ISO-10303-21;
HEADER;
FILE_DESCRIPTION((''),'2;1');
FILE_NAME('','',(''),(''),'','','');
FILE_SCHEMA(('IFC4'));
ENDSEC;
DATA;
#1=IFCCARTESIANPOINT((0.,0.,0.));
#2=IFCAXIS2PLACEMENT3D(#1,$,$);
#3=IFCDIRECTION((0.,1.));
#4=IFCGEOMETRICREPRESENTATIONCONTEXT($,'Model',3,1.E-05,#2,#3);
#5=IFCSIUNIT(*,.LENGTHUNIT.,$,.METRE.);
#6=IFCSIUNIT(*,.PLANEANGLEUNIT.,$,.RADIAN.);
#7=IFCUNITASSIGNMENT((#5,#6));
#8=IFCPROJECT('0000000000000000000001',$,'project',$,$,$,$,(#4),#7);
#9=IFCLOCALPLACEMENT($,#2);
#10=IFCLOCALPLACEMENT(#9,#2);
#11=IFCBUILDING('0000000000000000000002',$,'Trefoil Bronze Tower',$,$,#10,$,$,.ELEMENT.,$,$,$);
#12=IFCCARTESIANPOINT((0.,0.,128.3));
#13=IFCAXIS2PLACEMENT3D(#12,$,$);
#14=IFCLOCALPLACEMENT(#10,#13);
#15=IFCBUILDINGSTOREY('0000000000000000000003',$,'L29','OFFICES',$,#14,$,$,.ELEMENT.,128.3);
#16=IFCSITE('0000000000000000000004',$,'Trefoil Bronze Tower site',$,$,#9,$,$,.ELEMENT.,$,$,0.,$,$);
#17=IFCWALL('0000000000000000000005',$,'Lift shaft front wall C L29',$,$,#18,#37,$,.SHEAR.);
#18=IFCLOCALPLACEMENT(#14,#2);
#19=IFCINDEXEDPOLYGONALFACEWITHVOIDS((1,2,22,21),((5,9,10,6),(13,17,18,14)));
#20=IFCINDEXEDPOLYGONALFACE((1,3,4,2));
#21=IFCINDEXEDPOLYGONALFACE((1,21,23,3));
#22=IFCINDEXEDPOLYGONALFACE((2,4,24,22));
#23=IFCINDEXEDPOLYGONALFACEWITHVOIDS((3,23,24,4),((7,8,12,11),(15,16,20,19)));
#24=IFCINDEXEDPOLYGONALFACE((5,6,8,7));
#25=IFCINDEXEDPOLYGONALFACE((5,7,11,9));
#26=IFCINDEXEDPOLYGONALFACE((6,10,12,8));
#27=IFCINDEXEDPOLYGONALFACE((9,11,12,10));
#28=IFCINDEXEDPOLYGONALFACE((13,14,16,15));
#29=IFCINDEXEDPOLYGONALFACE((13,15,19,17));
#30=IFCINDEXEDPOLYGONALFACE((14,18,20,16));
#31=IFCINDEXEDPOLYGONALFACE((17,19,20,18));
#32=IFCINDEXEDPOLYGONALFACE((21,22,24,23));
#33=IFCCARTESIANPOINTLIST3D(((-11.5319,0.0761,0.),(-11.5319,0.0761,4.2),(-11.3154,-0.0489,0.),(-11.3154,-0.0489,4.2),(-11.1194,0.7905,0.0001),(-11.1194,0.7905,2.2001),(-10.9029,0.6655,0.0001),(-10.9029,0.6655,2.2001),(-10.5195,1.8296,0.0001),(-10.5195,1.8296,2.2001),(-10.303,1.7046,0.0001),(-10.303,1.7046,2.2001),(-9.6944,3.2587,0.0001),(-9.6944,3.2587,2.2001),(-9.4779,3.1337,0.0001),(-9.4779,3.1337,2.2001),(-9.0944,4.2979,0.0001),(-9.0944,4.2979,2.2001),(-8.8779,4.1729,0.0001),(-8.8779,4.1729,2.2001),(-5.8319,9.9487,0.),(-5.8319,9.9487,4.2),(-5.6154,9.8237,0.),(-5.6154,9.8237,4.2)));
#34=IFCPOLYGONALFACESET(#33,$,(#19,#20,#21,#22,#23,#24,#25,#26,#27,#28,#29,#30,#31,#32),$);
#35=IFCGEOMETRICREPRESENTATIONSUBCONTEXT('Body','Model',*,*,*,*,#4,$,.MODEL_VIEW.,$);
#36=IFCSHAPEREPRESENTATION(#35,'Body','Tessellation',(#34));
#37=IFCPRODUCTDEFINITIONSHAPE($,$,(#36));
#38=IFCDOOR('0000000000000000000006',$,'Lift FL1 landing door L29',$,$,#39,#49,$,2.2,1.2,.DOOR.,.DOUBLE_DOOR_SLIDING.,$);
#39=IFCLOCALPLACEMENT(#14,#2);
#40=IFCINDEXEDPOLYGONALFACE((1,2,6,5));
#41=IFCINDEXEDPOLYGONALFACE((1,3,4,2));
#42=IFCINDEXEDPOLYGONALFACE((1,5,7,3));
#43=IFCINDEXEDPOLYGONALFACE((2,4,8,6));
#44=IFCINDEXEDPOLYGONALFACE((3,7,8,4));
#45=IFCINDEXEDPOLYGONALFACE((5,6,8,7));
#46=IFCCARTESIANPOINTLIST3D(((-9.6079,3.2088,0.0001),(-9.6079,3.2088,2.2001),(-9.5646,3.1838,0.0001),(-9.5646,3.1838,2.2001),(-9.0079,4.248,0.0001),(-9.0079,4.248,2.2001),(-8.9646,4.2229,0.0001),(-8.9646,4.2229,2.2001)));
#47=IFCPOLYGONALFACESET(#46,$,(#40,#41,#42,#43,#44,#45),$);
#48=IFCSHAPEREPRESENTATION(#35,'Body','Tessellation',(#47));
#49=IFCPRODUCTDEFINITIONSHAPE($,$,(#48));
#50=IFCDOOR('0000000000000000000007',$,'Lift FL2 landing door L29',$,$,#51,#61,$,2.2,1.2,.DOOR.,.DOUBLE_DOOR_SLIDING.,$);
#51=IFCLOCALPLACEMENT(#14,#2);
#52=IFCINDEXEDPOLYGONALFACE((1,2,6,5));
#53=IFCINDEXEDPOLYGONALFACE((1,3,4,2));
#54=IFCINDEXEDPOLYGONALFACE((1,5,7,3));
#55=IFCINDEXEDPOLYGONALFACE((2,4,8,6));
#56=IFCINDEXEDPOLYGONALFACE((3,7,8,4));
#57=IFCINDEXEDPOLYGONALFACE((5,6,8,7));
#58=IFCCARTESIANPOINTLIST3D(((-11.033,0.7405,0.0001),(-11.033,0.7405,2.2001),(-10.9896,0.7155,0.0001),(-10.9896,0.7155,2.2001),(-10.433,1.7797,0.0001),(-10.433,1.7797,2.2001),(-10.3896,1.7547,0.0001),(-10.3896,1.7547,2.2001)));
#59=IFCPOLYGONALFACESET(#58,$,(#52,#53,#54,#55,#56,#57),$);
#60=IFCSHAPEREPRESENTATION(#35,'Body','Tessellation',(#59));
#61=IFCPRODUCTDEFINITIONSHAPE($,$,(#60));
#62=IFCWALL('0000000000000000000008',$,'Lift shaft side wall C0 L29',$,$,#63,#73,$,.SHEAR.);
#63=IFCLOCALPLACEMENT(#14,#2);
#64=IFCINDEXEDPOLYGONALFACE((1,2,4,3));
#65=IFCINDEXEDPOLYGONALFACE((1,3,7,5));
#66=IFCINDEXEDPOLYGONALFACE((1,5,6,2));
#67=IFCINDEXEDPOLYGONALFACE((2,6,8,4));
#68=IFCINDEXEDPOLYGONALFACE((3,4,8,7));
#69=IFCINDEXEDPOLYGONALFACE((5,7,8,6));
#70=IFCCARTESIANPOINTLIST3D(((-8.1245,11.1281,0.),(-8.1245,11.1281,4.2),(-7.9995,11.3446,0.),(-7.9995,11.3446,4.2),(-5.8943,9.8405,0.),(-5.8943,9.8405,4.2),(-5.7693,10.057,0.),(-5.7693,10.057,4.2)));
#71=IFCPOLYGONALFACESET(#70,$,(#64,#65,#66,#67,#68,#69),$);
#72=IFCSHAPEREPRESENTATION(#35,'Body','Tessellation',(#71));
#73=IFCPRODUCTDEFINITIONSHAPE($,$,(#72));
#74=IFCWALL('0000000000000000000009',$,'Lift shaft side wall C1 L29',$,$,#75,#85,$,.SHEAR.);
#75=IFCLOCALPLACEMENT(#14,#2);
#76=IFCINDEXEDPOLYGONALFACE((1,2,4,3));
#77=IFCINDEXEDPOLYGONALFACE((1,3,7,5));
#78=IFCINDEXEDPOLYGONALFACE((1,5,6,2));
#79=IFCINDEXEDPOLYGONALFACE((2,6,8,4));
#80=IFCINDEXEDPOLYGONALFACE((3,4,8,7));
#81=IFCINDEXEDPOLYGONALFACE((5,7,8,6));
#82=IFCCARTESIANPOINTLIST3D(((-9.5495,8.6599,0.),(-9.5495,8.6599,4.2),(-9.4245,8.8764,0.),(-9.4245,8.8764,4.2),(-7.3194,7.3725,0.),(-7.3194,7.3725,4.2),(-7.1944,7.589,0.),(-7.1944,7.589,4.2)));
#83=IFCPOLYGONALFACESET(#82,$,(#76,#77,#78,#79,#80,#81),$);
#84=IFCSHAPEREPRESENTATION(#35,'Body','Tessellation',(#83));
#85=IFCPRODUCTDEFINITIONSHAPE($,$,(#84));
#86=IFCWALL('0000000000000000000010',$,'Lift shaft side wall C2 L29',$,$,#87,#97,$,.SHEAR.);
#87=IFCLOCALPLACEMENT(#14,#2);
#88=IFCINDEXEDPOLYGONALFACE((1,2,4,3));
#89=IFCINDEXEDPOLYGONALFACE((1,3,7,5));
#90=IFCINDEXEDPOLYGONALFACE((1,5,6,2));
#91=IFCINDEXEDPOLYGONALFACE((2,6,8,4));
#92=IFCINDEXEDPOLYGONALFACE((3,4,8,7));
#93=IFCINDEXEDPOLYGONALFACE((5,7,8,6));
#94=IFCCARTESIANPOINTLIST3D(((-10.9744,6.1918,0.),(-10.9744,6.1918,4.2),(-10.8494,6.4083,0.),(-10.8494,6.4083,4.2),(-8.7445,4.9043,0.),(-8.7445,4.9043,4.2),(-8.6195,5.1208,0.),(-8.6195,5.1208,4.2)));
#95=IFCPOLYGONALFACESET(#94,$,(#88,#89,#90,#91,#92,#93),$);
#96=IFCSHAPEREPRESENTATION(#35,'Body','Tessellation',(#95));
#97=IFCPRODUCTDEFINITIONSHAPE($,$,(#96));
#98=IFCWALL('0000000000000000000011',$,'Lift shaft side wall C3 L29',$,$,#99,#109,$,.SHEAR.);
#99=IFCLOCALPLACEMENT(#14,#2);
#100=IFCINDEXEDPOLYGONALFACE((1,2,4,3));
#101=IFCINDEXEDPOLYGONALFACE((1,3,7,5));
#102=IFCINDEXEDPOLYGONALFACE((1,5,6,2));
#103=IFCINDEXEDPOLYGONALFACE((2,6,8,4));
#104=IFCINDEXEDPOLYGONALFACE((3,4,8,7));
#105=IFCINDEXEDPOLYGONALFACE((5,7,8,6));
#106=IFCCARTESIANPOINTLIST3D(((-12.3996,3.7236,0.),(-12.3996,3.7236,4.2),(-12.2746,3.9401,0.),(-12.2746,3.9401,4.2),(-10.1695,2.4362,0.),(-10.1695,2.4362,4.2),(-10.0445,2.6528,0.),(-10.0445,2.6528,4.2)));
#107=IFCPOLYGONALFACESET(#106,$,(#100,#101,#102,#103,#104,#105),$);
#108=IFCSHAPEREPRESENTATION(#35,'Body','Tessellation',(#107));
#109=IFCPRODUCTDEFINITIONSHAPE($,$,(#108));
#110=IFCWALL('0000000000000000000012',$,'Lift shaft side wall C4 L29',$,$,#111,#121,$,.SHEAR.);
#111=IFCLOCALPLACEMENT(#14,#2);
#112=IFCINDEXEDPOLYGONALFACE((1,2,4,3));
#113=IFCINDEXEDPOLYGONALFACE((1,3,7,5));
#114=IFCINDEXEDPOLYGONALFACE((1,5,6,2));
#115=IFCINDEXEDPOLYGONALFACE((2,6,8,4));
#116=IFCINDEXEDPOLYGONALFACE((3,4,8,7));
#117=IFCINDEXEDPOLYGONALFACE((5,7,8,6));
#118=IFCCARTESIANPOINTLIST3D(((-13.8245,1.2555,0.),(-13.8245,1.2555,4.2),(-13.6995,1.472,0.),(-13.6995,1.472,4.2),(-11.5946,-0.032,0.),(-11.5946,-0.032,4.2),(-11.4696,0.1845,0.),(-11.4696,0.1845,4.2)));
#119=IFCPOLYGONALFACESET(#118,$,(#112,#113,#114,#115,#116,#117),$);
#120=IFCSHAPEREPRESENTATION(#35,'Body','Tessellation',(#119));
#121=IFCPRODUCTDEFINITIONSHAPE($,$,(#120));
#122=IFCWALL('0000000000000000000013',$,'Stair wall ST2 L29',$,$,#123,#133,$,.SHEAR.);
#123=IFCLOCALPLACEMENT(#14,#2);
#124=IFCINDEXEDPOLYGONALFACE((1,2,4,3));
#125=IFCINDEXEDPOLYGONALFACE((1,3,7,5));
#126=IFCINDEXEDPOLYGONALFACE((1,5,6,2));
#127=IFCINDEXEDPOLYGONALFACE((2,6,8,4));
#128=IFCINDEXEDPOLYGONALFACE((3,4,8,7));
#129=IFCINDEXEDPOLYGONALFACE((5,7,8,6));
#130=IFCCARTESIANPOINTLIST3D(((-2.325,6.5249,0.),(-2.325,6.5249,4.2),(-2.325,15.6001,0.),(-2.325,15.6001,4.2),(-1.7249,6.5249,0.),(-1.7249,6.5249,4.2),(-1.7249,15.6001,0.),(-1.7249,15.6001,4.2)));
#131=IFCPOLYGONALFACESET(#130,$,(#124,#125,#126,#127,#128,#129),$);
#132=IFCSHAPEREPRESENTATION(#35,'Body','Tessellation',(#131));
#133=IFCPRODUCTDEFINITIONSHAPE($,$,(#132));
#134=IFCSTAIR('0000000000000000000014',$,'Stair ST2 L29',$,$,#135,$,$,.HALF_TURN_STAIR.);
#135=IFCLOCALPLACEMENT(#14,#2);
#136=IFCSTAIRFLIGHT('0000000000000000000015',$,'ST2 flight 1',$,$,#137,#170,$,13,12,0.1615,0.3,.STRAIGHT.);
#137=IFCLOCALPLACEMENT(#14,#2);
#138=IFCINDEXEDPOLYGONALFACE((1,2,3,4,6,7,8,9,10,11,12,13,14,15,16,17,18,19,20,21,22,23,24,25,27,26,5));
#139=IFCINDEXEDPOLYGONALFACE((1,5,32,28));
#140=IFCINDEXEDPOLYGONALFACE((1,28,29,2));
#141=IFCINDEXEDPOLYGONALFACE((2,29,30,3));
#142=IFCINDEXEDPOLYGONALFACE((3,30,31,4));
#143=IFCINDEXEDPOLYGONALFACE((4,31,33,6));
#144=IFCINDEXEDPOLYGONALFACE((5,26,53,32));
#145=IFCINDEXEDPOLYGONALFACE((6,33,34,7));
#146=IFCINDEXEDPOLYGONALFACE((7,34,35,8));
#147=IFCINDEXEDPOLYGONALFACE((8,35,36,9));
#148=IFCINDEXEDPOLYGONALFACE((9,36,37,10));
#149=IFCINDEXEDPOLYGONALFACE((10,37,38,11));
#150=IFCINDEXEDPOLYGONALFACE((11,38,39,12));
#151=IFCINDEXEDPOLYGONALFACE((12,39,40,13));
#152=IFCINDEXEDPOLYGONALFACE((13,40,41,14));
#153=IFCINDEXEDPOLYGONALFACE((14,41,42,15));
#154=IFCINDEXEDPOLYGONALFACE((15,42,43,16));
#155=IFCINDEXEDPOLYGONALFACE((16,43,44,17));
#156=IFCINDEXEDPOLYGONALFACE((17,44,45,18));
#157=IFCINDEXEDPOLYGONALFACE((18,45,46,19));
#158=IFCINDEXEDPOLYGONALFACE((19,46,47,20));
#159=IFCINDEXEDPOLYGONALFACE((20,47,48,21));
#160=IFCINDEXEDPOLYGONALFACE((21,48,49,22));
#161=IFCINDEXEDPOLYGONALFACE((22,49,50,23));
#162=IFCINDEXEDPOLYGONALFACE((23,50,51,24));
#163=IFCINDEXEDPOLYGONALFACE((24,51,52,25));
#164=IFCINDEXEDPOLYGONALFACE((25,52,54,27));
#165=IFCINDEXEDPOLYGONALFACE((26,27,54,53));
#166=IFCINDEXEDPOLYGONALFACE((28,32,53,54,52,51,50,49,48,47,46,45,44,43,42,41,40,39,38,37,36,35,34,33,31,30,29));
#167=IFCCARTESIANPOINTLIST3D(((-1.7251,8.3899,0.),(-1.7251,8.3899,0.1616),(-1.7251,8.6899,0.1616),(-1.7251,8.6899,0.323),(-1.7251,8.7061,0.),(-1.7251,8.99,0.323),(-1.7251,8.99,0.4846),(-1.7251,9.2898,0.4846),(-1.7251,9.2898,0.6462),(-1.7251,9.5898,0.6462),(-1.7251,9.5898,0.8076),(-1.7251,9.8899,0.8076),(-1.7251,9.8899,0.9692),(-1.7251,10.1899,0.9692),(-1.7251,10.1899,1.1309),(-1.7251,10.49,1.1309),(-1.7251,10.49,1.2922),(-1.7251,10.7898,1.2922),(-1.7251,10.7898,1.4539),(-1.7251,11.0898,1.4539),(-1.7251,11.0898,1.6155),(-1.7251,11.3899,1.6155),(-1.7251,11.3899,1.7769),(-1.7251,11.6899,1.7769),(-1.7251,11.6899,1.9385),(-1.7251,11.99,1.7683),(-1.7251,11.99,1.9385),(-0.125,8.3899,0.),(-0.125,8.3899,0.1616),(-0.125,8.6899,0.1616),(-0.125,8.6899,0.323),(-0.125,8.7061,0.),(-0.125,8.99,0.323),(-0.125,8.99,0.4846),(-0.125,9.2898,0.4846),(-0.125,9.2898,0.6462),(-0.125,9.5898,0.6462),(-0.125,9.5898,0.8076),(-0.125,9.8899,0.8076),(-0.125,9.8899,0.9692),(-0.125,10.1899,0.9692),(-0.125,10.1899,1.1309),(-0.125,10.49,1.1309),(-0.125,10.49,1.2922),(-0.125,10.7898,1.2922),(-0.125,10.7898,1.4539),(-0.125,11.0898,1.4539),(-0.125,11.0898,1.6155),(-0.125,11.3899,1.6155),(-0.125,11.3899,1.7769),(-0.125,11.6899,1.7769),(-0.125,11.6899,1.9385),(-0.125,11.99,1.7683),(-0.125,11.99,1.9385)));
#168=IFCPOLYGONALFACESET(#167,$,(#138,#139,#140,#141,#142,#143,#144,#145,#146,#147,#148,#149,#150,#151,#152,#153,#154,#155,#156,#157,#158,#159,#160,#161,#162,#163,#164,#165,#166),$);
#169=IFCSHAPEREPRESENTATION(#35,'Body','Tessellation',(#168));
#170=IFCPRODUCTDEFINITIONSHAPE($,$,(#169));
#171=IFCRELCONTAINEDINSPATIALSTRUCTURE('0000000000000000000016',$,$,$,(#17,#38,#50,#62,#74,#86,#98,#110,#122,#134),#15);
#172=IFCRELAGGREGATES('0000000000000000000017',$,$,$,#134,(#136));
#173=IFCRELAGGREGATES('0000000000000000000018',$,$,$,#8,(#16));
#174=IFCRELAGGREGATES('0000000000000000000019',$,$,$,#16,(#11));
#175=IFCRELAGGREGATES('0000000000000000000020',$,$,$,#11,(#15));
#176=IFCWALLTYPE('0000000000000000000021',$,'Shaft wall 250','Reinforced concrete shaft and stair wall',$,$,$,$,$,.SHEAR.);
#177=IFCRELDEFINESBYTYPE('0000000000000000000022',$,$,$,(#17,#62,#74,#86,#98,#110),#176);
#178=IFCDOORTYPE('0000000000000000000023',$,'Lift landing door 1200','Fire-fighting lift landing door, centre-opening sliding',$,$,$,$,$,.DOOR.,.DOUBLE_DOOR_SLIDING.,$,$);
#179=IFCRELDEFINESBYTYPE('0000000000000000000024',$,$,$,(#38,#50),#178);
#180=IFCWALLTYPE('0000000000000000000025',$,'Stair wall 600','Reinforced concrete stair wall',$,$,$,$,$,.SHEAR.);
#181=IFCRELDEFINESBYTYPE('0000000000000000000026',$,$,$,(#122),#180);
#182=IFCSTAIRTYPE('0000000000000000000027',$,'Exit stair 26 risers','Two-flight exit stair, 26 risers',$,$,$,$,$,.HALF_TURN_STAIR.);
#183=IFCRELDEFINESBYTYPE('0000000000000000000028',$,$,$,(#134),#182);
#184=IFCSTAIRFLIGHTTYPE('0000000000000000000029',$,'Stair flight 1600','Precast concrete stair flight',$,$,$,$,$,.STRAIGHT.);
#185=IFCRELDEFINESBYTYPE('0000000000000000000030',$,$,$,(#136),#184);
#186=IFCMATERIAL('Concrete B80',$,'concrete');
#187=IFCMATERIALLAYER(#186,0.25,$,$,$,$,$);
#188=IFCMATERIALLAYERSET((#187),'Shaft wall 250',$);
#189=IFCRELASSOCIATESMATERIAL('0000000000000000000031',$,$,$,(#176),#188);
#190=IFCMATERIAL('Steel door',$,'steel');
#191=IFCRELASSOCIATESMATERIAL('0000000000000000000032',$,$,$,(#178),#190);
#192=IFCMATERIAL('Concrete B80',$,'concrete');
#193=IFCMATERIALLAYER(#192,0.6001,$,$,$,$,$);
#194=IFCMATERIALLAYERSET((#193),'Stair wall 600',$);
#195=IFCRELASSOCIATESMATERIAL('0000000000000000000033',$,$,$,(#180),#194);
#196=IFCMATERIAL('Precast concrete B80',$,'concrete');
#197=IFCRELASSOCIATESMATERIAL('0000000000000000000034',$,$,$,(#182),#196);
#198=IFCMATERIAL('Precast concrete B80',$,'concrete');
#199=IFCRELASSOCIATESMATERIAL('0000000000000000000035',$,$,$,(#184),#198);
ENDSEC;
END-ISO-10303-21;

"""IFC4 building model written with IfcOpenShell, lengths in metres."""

from ifc_helpers import new_model, si_unit, direction, frame, frame_2d, origin, place, context, subcontext, project, spatial, polyline, rectangle, outline, extrude, material, layer, layer_set, type_object, element, fill, aggregate, save


model = new_model("IFC4")

# Units and contexts
model_context = context("Model", 3, precision=1e-05, world=origin(), true_north=direction((0.0, 1.0)))
body_context = subcontext(model_context, "Body", "Model", "MODEL_VIEW")
ifc_project = project(units=[si_unit("LENGTHUNIT", "METRE"), si_unit("PLANEANGLEUNIT", "RADIAN")], contexts=[model_context])

# Site, building, storey
site_placement = place(None, origin())
site = spatial("IfcSite", under=ifc_project, at=site_placement, Name="Trefoil Bronze Tower site", CompositionType="ELEMENT", RefElevation=0.0)
building_placement = place(site_placement, origin())
building = spatial("IfcBuilding", under=site, at=building_placement, Name="Trefoil Bronze Tower", CompositionType="ELEMENT")
storey_placement = place(building_placement, frame((0.0, 0.0, 128.3)))
storey = spatial("IfcBuildingStorey", under=building, at=storey_placement, Name="L29", Description="OFFICES", CompositionType="ELEMENT", Elevation=128.3)

# Wall, openings, doors
ifc_material_1 = material(Name="Concrete B80", Category="concrete")
ifc_layer_1 = layer(ifc_material_1, 0.25)
ifc_layer_set_1 = layer_set([ifc_layer_1], Name="Shaft wall 250")
wall_type_1 = type_object("IfcWallType", Name="Shaft wall 250", Description="Reinforced concrete shaft and stair wall", PredefinedType="SHEAR", material=ifc_layer_set_1)
wall_1_placement = place(storey_placement, frame((-5.7236, 9.8862, 0.0), z_axis=(0.0, 0.0, 1.0), x_axis=(-0.500002, -0.866024, 0.0)))
wall_1 = element("IfcWall", 1, at=wall_1_placement, inside=storey, type_object=wall_type_1, Name="Lift shaft front wall C L29", PredefinedType="SHEAR", context=body_context, shape_type="SweptSolid", body=[
    extrude(rectangle(XDim=11.3999, YDim=0.25, at=frame_2d((5.7, 0.0))), origin(), (0.0, 0.0, 1.0), 4.2),
])
opening_1_placement = place(wall_1_placement, frame((6.5249, 0.0, 0.0)))
opening_1 = element("IfcOpeningElement", 2, at=opening_1_placement, cuts=wall_1, PredefinedType="OPENING", context=body_context, shape_type="SweptSolid", body=[
    extrude(rectangle(XDim=1.2, YDim=2.2, at=frame_2d((0.6001, 1.1001))), frame((0.0, 0.135, 0.0), z_axis=(0.0, -1.0, 0.0), x_axis=(1.0, 0.0, 0.0)), (0.0, 0.0, 1.0), 0.27),
])
opening_2_placement = place(wall_1_placement, frame((9.375, 0.0, 0.0)))
opening_2 = element("IfcOpeningElement", 3, at=opening_2_placement, cuts=wall_1, PredefinedType="OPENING", context=body_context, shape_type="SweptSolid", body=[
    extrude(rectangle(XDim=1.2, YDim=2.2, at=frame_2d((0.6001, 1.1001))), frame((0.0, 0.135, 0.0), z_axis=(0.0, -1.0, 0.0), x_axis=(1.0, 0.0, 0.0)), (0.0, 0.0, 1.0), 0.27),
])
ifc_material_2 = material(Name="Steel door", Category="steel")
door_type_1 = type_object("IfcDoorType", Name="Lift landing door 1200", Description="Fire-fighting lift landing door, centre-opening sliding", OperationType="DOUBLE_DOOR_SLIDING", PredefinedType="DOOR", material=ifc_material_2)
door_1_placement = place(opening_1_placement, origin())
door_1 = element("IfcDoor", 4, at=door_1_placement, inside=storey, type_object=door_type_1, Name="Lift FL1 landing door L29", OperationType="DOUBLE_DOOR_SLIDING", OverallHeight=2.2, OverallWidth=1.2, PredefinedType="DOOR", context=body_context, shape_type="SweptSolid", body=[
    extrude(rectangle(XDim=1.2, YDim=2.2, at=frame_2d((0.6001, 1.1001))), frame((0.0, 0.0249, 0.0), z_axis=(0.0, -1.0, 0.0), x_axis=(1.0, 0.0, 0.0)), (0.0, 0.0, 1.0), 0.05),
])
fill(opening_1, door_1)
door_2_placement = place(opening_2_placement, origin())
door_2 = element("IfcDoor", 5, at=door_2_placement, inside=storey, type_object=door_type_1, Name="Lift FL2 landing door L29", OperationType="DOUBLE_DOOR_SLIDING", OverallHeight=2.2, OverallWidth=1.2, PredefinedType="DOOR", context=body_context, shape_type="SweptSolid", body=[
    extrude(rectangle(XDim=1.2, YDim=2.2, at=frame_2d((0.6001, 1.1001))), frame((0.0, 0.0249, 0.0), z_axis=(0.0, -1.0, 0.0), x_axis=(1.0, 0.0, 0.0)), (0.0, 0.0, 1.0), 0.05),
])
fill(opening_2, door_2)

# Walls
wall_2_placement = place(storey_placement, frame((-5.8318, 9.9487, 0.0), z_axis=(0.0, 0.0, 1.0), x_axis=(-0.866029, 0.499993, 0.0)))
element("IfcWall", 6, at=wall_2_placement, inside=storey, type_object=wall_type_1, Name="Lift shaft side wall C0 L29", PredefinedType="SHEAR", context=body_context, shape_type="SweptSolid", body=[
    extrude(rectangle(XDim=2.5752, YDim=0.25, at=frame_2d((1.2876, 0.0))), origin(), (0.0, 0.0, 1.0), 4.2),
])
for number, where, z_axis, x_axis, name in (
    (7, (-7.2568, 7.4807, 0.0), (0.0, 0.0, 1.0), (-0.866047, 0.499963, 0.0), "Lift shaft side wall C1 L29"),
    (8, (-8.6819, 5.0125, 0.0), (0.0, 0.0, 1.0), (-0.866006, 0.500034, 0.0), "Lift shaft side wall C2 L29"),
    (9, (-10.1069, 2.5444, 0.0), (0.0, 0.0, 1.0), (-0.866047, 0.499963, 0.0), "Lift shaft side wall C3 L29"),
    (10, (-11.532, 0.0762, 0.0), (0.0, 0.0, 1.0), (-0.866006, 0.500034, 0.0), "Lift shaft side wall C4 L29"),
):
    element("IfcWall", number, at=place(storey_placement, frame(where, z_axis=z_axis, x_axis=x_axis)), inside=storey, type_object=wall_type_1, Name=name, PredefinedType="SHEAR", context=body_context, shape_type="SweptSolid", body=[
        extrude(rectangle(XDim=2.575, YDim=0.25, at=frame_2d((1.2876, 0.0))), origin(), (0.0, 0.0, 1.0), 4.2),
    ])
ifc_material_3 = material(Name="Concrete B80", Category="concrete")
ifc_layer_2 = layer(ifc_material_3, 0.6001)
ifc_layer_set_2 = layer_set([ifc_layer_2], Name="Stair wall 600")
wall_type_2 = type_object("IfcWallType", Name="Stair wall 600", Description="Reinforced concrete stair wall", PredefinedType="SHEAR", material=ifc_layer_set_2)
wall_3_placement = place(storey_placement, frame((-2.0249, 6.5249, 0.0), z_axis=(0.0, 0.0, 1.0), x_axis=(0.0, 1.0, 0.0)))
element("IfcWall", 11, at=wall_3_placement, inside=storey, type_object=wall_type_2, Name="Stair wall ST2 L29", PredefinedType="SHEAR", context=body_context, shape_type="SweptSolid", body=[
    extrude(rectangle(XDim=9.0752, YDim=0.6001, at=frame_2d((4.5376, 0.0))), origin(), (0.0, 0.0, 1.0), 4.2),
])

# Stair, stair flight
ifc_material_4 = material(Name="Precast concrete B80", Category="concrete")
stair_type = type_object("IfcStairType", Name="Exit stair 26 risers", Description="Two-flight exit stair, 26 risers", PredefinedType="HALF_TURN_STAIR", material=ifc_material_4)
stair_placement = place(storey_placement, origin())
stair = element("IfcStair", 12, at=stair_placement, inside=storey, type_object=stair_type, Name="Stair ST2 L29", PredefinedType="HALF_TURN_STAIR")
ifc_material_5 = material(Name="Precast concrete B80", Category="concrete")
stair_flight_type = type_object("IfcStairFlightType", Name="Stair flight 1600", Description="Precast concrete stair flight", PredefinedType="STRAIGHT", material=ifc_material_5)
stair_flight_placement = place(storey_placement, frame((-0.925, 8.3899, 0.0), z_axis=(0.0, 0.0, 1.0), x_axis=(0.0, 1.0, 0.0)))
stair_flight = element("IfcStairFlight", 13, at=stair_flight_placement, type_object=stair_flight_type, Name="ST2 flight 1", NumberOfRisers=13, NumberOfTreads=12, PredefinedType="STRAIGHT", RiserHeight=0.1615, TreadLength=0.3, context=body_context, shape_type="SweptSolid", body=[
    extrude(outline(polyline([(0.0, 0.0), (0.0, 0.1616), (0.3, 0.1616), (0.3, 0.323), (0.6001, 0.323), (0.6001, 0.4846), (0.8999, 0.4846), (0.8999, 0.6462), (1.2, 0.6462), (1.2, 0.8076), (1.5, 0.8076), (1.5, 0.9692), (1.8, 0.9692), (1.8, 1.1309), (2.1001, 1.1309), (2.1001, 1.2922), (2.3999, 1.2922), (2.3999, 1.4539), (2.7, 1.4539), (2.7, 1.6155), (3.0, 1.6155), (3.0, 1.7769), (3.3, 1.7769), (3.3, 1.9385), (3.6001, 1.9385), (3.6001, 2.1001), (3.6001, 1.7683), (0.3162, 0.0), (0.0, 0.0)])), frame((0.0, 0.8, 0.0), z_axis=(0.0, -1.0, 0.0), x_axis=(1.0, 0.0, 0.0)), (0.0, 0.0, 1.0), 1.6001),
])
aggregate(stair, [stair_flight])

save(model, "model.ifc")
